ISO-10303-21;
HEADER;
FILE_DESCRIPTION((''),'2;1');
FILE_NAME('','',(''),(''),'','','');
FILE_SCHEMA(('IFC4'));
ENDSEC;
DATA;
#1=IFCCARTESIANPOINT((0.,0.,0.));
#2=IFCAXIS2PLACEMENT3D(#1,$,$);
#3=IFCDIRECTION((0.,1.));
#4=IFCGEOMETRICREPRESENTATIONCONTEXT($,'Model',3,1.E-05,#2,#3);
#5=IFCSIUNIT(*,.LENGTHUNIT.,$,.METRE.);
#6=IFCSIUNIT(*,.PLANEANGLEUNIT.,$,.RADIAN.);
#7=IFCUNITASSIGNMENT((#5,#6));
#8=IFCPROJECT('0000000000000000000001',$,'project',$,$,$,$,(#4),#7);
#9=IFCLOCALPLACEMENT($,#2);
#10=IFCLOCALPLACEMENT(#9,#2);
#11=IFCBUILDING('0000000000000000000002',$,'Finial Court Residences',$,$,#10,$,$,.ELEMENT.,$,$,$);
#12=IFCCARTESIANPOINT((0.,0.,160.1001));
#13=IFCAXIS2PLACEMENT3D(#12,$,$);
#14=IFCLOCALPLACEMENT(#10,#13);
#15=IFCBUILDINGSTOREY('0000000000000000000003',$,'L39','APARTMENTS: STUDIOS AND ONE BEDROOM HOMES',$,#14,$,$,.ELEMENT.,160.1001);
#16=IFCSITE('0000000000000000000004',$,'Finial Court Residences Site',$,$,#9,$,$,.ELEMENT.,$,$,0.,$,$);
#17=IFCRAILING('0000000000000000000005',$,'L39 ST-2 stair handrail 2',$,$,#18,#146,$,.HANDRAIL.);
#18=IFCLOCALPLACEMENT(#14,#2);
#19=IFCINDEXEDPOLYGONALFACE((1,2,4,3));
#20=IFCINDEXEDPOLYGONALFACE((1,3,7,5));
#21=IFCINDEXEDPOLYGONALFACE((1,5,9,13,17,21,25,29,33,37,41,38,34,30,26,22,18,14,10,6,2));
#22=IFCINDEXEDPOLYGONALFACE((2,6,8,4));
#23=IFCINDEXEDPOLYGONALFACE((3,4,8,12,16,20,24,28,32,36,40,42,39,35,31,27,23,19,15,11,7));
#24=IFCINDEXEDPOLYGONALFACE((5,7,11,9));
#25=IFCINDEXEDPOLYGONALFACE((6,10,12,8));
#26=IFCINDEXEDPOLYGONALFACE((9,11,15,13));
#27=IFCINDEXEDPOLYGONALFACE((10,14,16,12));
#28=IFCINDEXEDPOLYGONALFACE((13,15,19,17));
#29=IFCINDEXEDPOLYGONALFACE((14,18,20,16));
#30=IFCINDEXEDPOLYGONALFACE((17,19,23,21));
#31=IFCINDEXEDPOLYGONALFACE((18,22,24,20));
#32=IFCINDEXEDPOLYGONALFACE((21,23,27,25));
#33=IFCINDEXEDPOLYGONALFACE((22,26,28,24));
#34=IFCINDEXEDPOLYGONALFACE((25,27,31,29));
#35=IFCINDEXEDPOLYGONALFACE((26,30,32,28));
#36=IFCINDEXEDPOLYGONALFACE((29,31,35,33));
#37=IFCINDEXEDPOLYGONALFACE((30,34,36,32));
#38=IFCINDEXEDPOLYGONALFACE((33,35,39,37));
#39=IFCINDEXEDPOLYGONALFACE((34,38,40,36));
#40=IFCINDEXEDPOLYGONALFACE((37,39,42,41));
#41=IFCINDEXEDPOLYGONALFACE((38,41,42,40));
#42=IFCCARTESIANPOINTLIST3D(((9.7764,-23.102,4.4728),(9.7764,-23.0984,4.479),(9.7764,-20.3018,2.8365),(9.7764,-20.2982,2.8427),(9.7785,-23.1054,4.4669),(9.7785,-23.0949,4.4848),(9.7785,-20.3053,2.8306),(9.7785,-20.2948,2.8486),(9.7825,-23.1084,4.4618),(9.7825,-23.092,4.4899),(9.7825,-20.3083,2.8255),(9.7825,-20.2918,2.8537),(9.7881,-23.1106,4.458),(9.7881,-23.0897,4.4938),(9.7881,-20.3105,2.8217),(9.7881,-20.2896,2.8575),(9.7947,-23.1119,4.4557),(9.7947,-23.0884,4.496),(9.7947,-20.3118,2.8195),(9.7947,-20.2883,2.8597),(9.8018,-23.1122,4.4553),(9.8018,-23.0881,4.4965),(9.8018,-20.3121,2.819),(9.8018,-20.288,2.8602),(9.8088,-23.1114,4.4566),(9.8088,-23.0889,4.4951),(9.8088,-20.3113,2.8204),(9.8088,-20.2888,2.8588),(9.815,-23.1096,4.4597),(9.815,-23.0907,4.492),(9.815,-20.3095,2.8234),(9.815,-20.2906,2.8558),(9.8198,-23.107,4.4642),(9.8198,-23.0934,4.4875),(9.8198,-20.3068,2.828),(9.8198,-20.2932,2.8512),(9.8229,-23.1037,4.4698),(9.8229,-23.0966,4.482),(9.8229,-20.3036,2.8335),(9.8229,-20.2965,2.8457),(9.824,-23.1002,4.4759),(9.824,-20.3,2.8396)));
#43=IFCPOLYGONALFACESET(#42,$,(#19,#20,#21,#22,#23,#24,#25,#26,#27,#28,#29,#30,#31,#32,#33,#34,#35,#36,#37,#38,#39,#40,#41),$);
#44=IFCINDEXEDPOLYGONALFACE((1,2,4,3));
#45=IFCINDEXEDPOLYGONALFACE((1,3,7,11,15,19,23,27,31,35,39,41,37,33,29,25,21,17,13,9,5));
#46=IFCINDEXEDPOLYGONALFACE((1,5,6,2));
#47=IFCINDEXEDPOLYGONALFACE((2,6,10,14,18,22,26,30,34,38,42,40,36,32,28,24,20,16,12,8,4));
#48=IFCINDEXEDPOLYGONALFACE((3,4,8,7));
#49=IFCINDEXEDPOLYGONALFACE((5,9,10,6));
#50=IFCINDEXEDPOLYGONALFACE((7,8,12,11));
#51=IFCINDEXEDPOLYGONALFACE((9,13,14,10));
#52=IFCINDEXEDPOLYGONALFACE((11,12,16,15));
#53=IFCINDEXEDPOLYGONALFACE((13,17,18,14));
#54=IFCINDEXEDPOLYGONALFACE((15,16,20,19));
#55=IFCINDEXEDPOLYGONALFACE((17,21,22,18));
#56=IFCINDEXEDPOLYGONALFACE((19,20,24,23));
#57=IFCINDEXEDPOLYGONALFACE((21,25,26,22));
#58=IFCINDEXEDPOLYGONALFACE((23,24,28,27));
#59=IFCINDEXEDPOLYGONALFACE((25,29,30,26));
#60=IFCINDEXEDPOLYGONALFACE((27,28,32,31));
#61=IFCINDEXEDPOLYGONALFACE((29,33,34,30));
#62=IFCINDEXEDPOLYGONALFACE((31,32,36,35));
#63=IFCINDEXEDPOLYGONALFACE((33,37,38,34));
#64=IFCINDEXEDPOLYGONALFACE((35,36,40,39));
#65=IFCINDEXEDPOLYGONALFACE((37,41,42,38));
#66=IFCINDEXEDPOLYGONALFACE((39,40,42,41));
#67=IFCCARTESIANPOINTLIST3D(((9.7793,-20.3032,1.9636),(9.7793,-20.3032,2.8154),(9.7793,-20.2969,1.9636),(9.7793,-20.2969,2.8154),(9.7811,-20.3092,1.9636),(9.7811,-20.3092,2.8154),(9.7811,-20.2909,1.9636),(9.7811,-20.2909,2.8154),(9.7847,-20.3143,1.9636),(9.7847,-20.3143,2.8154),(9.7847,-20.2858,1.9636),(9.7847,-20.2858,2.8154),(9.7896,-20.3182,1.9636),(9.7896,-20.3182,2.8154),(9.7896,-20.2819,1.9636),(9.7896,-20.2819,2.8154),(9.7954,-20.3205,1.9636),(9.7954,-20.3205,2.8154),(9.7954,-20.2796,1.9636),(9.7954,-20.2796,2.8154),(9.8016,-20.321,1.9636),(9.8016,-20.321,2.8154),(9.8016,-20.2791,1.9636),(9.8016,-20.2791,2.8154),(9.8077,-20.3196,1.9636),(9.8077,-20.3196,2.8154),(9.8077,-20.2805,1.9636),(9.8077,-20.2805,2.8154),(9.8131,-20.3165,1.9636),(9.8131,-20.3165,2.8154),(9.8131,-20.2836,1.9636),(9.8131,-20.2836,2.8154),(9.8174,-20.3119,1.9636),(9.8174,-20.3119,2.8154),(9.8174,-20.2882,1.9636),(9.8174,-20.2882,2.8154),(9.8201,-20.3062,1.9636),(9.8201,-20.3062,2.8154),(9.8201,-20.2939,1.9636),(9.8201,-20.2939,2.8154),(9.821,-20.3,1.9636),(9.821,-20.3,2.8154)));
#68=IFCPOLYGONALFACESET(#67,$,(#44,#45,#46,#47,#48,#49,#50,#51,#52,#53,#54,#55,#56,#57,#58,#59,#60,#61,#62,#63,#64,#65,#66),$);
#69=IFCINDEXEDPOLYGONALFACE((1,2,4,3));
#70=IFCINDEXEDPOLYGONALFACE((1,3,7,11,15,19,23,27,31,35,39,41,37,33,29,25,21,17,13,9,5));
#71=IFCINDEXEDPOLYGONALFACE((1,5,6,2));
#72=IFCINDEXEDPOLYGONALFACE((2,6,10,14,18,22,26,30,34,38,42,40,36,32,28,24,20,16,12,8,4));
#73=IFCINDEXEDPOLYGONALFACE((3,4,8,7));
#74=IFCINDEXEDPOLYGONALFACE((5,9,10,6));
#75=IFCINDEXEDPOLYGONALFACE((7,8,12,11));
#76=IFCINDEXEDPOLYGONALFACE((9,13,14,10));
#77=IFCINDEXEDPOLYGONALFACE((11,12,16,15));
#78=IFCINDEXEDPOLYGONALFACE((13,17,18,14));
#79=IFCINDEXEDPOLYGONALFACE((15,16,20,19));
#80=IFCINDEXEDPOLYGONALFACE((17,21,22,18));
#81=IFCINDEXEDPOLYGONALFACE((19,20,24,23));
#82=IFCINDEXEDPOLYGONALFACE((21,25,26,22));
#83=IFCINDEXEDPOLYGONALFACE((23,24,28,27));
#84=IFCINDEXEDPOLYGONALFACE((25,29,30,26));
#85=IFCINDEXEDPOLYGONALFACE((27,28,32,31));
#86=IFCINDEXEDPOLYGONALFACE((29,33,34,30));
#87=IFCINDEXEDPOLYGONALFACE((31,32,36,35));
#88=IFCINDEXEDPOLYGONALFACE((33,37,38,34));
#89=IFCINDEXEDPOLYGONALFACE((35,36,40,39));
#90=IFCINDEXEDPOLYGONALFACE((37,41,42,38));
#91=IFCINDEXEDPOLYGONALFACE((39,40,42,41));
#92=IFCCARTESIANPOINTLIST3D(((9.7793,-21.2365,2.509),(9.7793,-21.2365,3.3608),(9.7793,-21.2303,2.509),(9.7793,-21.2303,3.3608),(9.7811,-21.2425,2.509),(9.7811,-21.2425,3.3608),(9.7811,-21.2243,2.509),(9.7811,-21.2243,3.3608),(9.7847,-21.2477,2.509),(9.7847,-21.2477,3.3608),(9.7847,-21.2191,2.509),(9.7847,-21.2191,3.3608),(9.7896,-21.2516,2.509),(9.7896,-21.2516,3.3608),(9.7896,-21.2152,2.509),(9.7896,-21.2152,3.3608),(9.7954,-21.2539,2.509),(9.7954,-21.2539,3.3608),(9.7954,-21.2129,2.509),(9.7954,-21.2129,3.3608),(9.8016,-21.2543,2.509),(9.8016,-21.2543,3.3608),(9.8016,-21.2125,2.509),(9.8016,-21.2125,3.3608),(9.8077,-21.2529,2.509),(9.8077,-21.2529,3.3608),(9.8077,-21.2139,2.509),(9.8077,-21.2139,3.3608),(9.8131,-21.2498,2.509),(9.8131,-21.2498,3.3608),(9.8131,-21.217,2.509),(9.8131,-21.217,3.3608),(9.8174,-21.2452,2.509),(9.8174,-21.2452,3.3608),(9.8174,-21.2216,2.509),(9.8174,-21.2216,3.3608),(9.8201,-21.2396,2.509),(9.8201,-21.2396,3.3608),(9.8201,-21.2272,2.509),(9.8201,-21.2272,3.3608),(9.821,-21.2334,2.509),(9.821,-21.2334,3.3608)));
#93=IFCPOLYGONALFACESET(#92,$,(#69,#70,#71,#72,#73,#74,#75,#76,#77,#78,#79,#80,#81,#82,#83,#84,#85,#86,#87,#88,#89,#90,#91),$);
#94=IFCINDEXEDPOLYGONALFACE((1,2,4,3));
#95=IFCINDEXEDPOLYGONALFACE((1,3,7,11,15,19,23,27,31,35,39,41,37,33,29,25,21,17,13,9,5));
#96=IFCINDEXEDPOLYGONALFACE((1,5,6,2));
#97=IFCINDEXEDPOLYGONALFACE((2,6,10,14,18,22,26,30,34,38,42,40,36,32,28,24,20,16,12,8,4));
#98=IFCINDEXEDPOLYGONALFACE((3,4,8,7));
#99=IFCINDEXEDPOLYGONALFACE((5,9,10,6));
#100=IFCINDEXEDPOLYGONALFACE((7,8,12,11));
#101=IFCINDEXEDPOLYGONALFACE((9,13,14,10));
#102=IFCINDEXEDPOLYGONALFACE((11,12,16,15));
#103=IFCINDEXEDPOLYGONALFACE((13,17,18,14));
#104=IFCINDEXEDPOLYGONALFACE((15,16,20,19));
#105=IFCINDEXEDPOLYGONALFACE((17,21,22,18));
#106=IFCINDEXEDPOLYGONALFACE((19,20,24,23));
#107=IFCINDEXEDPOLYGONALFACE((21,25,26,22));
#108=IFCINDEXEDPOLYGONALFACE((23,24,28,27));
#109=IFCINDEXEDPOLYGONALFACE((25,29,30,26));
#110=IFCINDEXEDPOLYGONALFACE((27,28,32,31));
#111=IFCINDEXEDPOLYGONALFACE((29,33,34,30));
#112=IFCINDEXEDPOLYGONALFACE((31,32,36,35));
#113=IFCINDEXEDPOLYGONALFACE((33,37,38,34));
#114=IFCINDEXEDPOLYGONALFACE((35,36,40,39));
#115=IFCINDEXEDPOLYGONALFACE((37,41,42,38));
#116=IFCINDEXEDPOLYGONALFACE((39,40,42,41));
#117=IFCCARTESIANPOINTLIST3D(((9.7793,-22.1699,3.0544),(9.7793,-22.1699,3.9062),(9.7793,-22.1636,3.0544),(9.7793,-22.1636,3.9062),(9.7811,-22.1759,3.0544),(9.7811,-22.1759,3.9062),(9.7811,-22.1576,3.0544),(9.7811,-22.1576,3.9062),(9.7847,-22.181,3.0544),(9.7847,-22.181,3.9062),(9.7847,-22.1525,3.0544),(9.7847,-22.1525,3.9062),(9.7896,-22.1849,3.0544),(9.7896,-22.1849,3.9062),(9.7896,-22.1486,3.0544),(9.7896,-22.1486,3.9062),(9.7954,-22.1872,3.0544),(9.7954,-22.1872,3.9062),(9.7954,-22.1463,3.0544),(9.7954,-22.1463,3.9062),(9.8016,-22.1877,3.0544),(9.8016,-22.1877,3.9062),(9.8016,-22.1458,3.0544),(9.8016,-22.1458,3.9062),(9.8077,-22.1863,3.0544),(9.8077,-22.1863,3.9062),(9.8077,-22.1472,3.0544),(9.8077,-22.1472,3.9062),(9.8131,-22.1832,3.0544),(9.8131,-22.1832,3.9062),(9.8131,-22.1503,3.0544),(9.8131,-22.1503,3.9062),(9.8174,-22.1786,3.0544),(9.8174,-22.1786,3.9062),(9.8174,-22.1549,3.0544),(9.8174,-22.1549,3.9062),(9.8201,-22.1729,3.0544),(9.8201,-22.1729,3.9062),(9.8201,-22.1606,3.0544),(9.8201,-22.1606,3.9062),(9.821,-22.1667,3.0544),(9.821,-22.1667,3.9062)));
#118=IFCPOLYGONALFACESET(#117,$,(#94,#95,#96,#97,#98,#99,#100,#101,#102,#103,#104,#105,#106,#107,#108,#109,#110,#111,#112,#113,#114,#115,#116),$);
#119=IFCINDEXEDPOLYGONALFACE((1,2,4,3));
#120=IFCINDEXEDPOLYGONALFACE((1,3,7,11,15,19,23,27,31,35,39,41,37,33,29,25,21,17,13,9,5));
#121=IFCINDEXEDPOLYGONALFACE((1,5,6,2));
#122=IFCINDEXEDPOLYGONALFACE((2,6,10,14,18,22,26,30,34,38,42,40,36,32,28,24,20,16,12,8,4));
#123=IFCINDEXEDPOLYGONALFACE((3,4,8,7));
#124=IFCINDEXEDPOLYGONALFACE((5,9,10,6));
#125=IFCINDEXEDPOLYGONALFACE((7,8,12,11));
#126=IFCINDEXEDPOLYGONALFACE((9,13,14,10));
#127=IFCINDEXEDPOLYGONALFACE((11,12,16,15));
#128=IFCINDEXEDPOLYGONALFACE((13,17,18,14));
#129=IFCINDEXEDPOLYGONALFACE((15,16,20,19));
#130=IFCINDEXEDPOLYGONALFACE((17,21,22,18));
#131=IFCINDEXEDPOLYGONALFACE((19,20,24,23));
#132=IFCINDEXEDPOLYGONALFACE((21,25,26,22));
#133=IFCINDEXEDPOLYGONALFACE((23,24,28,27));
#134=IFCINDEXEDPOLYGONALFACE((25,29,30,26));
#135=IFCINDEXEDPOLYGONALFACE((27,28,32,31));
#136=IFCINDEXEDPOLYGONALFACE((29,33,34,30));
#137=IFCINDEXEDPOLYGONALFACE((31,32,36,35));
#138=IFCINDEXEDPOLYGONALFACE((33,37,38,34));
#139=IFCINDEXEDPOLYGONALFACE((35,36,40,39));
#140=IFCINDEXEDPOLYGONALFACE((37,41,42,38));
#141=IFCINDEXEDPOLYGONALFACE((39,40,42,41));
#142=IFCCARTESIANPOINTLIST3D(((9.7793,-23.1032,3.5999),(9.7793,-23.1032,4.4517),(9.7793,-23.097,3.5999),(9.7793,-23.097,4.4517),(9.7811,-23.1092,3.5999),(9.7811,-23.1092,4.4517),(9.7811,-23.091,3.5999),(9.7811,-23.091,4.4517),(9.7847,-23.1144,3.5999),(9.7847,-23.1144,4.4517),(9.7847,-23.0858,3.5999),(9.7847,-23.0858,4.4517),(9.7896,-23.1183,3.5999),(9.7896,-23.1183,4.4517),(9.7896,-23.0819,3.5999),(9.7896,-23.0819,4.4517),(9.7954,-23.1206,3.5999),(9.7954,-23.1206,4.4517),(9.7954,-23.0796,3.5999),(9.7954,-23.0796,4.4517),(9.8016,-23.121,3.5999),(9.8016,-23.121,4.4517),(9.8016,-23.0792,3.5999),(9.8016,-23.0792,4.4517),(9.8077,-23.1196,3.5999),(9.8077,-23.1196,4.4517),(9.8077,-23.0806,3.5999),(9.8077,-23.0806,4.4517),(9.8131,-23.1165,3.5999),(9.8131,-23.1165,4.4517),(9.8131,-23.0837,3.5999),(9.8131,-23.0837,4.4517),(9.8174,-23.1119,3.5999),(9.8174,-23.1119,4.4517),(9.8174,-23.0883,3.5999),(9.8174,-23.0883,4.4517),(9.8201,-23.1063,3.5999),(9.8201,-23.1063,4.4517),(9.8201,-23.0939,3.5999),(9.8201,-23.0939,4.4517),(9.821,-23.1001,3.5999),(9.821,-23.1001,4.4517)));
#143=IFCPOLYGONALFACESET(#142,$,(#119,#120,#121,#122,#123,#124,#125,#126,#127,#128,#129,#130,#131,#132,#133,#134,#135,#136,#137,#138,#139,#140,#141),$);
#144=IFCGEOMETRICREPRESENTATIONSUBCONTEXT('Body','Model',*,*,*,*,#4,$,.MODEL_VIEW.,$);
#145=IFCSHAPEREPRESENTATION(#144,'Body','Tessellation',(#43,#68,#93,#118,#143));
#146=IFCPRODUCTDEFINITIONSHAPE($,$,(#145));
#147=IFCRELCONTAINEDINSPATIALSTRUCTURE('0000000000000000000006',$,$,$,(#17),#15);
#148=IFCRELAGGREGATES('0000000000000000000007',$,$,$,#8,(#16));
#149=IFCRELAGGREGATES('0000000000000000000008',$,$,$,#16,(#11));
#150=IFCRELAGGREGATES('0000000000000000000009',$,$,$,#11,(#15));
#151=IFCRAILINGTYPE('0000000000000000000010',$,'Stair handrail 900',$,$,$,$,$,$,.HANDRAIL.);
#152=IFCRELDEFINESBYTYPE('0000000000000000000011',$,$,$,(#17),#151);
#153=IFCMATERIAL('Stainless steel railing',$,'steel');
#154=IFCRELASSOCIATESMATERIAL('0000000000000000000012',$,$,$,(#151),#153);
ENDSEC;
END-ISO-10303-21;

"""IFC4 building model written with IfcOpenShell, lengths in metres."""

from ifc_helpers import new_model, si_unit, direction, frame, origin, origin_2d, place, context, subcontext, project, spatial, circle, extrude, material, type_object, element, save


model = new_model("IFC4")

# Units and contexts
model_context = context("Model", 3, precision=1e-05, world=origin(), true_north=direction((0.0, 1.0)))
body_context = subcontext(model_context, "Body", "Model", "MODEL_VIEW")
ifc_project = project(units=[si_unit("LENGTHUNIT", "METRE"), si_unit("PLANEANGLEUNIT", "RADIAN")], contexts=[model_context])

# Site, building, storey
site_placement = place(None, origin())
site = spatial("IfcSite", under=ifc_project, at=site_placement, Name="Finial Court Residences Site", CompositionType="ELEMENT", RefElevation=0.0)
building_placement = place(site_placement, origin())
building = spatial("IfcBuilding", under=site, at=building_placement, Name="Finial Court Residences", CompositionType="ELEMENT")
storey_placement = place(building_placement, frame((0.0, 0.0, 160.1001)))
storey = spatial("IfcBuildingStorey", under=building, at=storey_placement, Name="L39", Description="APARTMENTS: STUDIOS AND ONE BEDROOM HOMES", CompositionType="ELEMENT", Elevation=160.1001)

# Railing
ifc_material_1 = material(Name="Stainless steel railing", Category="steel")
railing_type_1 = type_object("IfcRailingType", Name="Stair handrail 900", PredefinedType="HANDRAIL", material=ifc_material_1)
railing_1_placement = place(storey_placement, frame((9.8, -20.3, 1.9636)))
element("IfcRailing", 1, at=railing_1_placement, inside=storey, type_object=railing_type_1, Name="L39 ST-2 stair handrail 2", PredefinedType="HANDRAIL", context=body_context, shape_type="SweptSolid", body=[
    extrude(circle(Radius=0.0239, at=origin_2d()), frame((0.0, 0.0, 0.876), z_axis=(0.0, -0.863394, 0.504531), x_axis=(1.0, 0.0, 0.0)), (0.0, 0.0, 1.0), 3.2432),
    extrude(circle(Radius=0.021, at=origin_2d()), origin(), (0.0, 0.0, 1.0), 0.8518),
    extrude(circle(Radius=0.021, at=origin_2d()), frame((0.0, -0.9333, 0.5454)), (0.0, 0.0, 1.0), 0.8518),
    extrude(circle(Radius=0.021, at=origin_2d()), frame((0.0, -1.8667, 1.0908)), (0.0, 0.0, 1.0), 0.8518),
    extrude(circle(Radius=0.021, at=origin_2d()), frame((0.0, -2.8, 1.6362)), (0.0, 0.0, 1.0), 0.8518),
])

save(model, "model.ifc")
